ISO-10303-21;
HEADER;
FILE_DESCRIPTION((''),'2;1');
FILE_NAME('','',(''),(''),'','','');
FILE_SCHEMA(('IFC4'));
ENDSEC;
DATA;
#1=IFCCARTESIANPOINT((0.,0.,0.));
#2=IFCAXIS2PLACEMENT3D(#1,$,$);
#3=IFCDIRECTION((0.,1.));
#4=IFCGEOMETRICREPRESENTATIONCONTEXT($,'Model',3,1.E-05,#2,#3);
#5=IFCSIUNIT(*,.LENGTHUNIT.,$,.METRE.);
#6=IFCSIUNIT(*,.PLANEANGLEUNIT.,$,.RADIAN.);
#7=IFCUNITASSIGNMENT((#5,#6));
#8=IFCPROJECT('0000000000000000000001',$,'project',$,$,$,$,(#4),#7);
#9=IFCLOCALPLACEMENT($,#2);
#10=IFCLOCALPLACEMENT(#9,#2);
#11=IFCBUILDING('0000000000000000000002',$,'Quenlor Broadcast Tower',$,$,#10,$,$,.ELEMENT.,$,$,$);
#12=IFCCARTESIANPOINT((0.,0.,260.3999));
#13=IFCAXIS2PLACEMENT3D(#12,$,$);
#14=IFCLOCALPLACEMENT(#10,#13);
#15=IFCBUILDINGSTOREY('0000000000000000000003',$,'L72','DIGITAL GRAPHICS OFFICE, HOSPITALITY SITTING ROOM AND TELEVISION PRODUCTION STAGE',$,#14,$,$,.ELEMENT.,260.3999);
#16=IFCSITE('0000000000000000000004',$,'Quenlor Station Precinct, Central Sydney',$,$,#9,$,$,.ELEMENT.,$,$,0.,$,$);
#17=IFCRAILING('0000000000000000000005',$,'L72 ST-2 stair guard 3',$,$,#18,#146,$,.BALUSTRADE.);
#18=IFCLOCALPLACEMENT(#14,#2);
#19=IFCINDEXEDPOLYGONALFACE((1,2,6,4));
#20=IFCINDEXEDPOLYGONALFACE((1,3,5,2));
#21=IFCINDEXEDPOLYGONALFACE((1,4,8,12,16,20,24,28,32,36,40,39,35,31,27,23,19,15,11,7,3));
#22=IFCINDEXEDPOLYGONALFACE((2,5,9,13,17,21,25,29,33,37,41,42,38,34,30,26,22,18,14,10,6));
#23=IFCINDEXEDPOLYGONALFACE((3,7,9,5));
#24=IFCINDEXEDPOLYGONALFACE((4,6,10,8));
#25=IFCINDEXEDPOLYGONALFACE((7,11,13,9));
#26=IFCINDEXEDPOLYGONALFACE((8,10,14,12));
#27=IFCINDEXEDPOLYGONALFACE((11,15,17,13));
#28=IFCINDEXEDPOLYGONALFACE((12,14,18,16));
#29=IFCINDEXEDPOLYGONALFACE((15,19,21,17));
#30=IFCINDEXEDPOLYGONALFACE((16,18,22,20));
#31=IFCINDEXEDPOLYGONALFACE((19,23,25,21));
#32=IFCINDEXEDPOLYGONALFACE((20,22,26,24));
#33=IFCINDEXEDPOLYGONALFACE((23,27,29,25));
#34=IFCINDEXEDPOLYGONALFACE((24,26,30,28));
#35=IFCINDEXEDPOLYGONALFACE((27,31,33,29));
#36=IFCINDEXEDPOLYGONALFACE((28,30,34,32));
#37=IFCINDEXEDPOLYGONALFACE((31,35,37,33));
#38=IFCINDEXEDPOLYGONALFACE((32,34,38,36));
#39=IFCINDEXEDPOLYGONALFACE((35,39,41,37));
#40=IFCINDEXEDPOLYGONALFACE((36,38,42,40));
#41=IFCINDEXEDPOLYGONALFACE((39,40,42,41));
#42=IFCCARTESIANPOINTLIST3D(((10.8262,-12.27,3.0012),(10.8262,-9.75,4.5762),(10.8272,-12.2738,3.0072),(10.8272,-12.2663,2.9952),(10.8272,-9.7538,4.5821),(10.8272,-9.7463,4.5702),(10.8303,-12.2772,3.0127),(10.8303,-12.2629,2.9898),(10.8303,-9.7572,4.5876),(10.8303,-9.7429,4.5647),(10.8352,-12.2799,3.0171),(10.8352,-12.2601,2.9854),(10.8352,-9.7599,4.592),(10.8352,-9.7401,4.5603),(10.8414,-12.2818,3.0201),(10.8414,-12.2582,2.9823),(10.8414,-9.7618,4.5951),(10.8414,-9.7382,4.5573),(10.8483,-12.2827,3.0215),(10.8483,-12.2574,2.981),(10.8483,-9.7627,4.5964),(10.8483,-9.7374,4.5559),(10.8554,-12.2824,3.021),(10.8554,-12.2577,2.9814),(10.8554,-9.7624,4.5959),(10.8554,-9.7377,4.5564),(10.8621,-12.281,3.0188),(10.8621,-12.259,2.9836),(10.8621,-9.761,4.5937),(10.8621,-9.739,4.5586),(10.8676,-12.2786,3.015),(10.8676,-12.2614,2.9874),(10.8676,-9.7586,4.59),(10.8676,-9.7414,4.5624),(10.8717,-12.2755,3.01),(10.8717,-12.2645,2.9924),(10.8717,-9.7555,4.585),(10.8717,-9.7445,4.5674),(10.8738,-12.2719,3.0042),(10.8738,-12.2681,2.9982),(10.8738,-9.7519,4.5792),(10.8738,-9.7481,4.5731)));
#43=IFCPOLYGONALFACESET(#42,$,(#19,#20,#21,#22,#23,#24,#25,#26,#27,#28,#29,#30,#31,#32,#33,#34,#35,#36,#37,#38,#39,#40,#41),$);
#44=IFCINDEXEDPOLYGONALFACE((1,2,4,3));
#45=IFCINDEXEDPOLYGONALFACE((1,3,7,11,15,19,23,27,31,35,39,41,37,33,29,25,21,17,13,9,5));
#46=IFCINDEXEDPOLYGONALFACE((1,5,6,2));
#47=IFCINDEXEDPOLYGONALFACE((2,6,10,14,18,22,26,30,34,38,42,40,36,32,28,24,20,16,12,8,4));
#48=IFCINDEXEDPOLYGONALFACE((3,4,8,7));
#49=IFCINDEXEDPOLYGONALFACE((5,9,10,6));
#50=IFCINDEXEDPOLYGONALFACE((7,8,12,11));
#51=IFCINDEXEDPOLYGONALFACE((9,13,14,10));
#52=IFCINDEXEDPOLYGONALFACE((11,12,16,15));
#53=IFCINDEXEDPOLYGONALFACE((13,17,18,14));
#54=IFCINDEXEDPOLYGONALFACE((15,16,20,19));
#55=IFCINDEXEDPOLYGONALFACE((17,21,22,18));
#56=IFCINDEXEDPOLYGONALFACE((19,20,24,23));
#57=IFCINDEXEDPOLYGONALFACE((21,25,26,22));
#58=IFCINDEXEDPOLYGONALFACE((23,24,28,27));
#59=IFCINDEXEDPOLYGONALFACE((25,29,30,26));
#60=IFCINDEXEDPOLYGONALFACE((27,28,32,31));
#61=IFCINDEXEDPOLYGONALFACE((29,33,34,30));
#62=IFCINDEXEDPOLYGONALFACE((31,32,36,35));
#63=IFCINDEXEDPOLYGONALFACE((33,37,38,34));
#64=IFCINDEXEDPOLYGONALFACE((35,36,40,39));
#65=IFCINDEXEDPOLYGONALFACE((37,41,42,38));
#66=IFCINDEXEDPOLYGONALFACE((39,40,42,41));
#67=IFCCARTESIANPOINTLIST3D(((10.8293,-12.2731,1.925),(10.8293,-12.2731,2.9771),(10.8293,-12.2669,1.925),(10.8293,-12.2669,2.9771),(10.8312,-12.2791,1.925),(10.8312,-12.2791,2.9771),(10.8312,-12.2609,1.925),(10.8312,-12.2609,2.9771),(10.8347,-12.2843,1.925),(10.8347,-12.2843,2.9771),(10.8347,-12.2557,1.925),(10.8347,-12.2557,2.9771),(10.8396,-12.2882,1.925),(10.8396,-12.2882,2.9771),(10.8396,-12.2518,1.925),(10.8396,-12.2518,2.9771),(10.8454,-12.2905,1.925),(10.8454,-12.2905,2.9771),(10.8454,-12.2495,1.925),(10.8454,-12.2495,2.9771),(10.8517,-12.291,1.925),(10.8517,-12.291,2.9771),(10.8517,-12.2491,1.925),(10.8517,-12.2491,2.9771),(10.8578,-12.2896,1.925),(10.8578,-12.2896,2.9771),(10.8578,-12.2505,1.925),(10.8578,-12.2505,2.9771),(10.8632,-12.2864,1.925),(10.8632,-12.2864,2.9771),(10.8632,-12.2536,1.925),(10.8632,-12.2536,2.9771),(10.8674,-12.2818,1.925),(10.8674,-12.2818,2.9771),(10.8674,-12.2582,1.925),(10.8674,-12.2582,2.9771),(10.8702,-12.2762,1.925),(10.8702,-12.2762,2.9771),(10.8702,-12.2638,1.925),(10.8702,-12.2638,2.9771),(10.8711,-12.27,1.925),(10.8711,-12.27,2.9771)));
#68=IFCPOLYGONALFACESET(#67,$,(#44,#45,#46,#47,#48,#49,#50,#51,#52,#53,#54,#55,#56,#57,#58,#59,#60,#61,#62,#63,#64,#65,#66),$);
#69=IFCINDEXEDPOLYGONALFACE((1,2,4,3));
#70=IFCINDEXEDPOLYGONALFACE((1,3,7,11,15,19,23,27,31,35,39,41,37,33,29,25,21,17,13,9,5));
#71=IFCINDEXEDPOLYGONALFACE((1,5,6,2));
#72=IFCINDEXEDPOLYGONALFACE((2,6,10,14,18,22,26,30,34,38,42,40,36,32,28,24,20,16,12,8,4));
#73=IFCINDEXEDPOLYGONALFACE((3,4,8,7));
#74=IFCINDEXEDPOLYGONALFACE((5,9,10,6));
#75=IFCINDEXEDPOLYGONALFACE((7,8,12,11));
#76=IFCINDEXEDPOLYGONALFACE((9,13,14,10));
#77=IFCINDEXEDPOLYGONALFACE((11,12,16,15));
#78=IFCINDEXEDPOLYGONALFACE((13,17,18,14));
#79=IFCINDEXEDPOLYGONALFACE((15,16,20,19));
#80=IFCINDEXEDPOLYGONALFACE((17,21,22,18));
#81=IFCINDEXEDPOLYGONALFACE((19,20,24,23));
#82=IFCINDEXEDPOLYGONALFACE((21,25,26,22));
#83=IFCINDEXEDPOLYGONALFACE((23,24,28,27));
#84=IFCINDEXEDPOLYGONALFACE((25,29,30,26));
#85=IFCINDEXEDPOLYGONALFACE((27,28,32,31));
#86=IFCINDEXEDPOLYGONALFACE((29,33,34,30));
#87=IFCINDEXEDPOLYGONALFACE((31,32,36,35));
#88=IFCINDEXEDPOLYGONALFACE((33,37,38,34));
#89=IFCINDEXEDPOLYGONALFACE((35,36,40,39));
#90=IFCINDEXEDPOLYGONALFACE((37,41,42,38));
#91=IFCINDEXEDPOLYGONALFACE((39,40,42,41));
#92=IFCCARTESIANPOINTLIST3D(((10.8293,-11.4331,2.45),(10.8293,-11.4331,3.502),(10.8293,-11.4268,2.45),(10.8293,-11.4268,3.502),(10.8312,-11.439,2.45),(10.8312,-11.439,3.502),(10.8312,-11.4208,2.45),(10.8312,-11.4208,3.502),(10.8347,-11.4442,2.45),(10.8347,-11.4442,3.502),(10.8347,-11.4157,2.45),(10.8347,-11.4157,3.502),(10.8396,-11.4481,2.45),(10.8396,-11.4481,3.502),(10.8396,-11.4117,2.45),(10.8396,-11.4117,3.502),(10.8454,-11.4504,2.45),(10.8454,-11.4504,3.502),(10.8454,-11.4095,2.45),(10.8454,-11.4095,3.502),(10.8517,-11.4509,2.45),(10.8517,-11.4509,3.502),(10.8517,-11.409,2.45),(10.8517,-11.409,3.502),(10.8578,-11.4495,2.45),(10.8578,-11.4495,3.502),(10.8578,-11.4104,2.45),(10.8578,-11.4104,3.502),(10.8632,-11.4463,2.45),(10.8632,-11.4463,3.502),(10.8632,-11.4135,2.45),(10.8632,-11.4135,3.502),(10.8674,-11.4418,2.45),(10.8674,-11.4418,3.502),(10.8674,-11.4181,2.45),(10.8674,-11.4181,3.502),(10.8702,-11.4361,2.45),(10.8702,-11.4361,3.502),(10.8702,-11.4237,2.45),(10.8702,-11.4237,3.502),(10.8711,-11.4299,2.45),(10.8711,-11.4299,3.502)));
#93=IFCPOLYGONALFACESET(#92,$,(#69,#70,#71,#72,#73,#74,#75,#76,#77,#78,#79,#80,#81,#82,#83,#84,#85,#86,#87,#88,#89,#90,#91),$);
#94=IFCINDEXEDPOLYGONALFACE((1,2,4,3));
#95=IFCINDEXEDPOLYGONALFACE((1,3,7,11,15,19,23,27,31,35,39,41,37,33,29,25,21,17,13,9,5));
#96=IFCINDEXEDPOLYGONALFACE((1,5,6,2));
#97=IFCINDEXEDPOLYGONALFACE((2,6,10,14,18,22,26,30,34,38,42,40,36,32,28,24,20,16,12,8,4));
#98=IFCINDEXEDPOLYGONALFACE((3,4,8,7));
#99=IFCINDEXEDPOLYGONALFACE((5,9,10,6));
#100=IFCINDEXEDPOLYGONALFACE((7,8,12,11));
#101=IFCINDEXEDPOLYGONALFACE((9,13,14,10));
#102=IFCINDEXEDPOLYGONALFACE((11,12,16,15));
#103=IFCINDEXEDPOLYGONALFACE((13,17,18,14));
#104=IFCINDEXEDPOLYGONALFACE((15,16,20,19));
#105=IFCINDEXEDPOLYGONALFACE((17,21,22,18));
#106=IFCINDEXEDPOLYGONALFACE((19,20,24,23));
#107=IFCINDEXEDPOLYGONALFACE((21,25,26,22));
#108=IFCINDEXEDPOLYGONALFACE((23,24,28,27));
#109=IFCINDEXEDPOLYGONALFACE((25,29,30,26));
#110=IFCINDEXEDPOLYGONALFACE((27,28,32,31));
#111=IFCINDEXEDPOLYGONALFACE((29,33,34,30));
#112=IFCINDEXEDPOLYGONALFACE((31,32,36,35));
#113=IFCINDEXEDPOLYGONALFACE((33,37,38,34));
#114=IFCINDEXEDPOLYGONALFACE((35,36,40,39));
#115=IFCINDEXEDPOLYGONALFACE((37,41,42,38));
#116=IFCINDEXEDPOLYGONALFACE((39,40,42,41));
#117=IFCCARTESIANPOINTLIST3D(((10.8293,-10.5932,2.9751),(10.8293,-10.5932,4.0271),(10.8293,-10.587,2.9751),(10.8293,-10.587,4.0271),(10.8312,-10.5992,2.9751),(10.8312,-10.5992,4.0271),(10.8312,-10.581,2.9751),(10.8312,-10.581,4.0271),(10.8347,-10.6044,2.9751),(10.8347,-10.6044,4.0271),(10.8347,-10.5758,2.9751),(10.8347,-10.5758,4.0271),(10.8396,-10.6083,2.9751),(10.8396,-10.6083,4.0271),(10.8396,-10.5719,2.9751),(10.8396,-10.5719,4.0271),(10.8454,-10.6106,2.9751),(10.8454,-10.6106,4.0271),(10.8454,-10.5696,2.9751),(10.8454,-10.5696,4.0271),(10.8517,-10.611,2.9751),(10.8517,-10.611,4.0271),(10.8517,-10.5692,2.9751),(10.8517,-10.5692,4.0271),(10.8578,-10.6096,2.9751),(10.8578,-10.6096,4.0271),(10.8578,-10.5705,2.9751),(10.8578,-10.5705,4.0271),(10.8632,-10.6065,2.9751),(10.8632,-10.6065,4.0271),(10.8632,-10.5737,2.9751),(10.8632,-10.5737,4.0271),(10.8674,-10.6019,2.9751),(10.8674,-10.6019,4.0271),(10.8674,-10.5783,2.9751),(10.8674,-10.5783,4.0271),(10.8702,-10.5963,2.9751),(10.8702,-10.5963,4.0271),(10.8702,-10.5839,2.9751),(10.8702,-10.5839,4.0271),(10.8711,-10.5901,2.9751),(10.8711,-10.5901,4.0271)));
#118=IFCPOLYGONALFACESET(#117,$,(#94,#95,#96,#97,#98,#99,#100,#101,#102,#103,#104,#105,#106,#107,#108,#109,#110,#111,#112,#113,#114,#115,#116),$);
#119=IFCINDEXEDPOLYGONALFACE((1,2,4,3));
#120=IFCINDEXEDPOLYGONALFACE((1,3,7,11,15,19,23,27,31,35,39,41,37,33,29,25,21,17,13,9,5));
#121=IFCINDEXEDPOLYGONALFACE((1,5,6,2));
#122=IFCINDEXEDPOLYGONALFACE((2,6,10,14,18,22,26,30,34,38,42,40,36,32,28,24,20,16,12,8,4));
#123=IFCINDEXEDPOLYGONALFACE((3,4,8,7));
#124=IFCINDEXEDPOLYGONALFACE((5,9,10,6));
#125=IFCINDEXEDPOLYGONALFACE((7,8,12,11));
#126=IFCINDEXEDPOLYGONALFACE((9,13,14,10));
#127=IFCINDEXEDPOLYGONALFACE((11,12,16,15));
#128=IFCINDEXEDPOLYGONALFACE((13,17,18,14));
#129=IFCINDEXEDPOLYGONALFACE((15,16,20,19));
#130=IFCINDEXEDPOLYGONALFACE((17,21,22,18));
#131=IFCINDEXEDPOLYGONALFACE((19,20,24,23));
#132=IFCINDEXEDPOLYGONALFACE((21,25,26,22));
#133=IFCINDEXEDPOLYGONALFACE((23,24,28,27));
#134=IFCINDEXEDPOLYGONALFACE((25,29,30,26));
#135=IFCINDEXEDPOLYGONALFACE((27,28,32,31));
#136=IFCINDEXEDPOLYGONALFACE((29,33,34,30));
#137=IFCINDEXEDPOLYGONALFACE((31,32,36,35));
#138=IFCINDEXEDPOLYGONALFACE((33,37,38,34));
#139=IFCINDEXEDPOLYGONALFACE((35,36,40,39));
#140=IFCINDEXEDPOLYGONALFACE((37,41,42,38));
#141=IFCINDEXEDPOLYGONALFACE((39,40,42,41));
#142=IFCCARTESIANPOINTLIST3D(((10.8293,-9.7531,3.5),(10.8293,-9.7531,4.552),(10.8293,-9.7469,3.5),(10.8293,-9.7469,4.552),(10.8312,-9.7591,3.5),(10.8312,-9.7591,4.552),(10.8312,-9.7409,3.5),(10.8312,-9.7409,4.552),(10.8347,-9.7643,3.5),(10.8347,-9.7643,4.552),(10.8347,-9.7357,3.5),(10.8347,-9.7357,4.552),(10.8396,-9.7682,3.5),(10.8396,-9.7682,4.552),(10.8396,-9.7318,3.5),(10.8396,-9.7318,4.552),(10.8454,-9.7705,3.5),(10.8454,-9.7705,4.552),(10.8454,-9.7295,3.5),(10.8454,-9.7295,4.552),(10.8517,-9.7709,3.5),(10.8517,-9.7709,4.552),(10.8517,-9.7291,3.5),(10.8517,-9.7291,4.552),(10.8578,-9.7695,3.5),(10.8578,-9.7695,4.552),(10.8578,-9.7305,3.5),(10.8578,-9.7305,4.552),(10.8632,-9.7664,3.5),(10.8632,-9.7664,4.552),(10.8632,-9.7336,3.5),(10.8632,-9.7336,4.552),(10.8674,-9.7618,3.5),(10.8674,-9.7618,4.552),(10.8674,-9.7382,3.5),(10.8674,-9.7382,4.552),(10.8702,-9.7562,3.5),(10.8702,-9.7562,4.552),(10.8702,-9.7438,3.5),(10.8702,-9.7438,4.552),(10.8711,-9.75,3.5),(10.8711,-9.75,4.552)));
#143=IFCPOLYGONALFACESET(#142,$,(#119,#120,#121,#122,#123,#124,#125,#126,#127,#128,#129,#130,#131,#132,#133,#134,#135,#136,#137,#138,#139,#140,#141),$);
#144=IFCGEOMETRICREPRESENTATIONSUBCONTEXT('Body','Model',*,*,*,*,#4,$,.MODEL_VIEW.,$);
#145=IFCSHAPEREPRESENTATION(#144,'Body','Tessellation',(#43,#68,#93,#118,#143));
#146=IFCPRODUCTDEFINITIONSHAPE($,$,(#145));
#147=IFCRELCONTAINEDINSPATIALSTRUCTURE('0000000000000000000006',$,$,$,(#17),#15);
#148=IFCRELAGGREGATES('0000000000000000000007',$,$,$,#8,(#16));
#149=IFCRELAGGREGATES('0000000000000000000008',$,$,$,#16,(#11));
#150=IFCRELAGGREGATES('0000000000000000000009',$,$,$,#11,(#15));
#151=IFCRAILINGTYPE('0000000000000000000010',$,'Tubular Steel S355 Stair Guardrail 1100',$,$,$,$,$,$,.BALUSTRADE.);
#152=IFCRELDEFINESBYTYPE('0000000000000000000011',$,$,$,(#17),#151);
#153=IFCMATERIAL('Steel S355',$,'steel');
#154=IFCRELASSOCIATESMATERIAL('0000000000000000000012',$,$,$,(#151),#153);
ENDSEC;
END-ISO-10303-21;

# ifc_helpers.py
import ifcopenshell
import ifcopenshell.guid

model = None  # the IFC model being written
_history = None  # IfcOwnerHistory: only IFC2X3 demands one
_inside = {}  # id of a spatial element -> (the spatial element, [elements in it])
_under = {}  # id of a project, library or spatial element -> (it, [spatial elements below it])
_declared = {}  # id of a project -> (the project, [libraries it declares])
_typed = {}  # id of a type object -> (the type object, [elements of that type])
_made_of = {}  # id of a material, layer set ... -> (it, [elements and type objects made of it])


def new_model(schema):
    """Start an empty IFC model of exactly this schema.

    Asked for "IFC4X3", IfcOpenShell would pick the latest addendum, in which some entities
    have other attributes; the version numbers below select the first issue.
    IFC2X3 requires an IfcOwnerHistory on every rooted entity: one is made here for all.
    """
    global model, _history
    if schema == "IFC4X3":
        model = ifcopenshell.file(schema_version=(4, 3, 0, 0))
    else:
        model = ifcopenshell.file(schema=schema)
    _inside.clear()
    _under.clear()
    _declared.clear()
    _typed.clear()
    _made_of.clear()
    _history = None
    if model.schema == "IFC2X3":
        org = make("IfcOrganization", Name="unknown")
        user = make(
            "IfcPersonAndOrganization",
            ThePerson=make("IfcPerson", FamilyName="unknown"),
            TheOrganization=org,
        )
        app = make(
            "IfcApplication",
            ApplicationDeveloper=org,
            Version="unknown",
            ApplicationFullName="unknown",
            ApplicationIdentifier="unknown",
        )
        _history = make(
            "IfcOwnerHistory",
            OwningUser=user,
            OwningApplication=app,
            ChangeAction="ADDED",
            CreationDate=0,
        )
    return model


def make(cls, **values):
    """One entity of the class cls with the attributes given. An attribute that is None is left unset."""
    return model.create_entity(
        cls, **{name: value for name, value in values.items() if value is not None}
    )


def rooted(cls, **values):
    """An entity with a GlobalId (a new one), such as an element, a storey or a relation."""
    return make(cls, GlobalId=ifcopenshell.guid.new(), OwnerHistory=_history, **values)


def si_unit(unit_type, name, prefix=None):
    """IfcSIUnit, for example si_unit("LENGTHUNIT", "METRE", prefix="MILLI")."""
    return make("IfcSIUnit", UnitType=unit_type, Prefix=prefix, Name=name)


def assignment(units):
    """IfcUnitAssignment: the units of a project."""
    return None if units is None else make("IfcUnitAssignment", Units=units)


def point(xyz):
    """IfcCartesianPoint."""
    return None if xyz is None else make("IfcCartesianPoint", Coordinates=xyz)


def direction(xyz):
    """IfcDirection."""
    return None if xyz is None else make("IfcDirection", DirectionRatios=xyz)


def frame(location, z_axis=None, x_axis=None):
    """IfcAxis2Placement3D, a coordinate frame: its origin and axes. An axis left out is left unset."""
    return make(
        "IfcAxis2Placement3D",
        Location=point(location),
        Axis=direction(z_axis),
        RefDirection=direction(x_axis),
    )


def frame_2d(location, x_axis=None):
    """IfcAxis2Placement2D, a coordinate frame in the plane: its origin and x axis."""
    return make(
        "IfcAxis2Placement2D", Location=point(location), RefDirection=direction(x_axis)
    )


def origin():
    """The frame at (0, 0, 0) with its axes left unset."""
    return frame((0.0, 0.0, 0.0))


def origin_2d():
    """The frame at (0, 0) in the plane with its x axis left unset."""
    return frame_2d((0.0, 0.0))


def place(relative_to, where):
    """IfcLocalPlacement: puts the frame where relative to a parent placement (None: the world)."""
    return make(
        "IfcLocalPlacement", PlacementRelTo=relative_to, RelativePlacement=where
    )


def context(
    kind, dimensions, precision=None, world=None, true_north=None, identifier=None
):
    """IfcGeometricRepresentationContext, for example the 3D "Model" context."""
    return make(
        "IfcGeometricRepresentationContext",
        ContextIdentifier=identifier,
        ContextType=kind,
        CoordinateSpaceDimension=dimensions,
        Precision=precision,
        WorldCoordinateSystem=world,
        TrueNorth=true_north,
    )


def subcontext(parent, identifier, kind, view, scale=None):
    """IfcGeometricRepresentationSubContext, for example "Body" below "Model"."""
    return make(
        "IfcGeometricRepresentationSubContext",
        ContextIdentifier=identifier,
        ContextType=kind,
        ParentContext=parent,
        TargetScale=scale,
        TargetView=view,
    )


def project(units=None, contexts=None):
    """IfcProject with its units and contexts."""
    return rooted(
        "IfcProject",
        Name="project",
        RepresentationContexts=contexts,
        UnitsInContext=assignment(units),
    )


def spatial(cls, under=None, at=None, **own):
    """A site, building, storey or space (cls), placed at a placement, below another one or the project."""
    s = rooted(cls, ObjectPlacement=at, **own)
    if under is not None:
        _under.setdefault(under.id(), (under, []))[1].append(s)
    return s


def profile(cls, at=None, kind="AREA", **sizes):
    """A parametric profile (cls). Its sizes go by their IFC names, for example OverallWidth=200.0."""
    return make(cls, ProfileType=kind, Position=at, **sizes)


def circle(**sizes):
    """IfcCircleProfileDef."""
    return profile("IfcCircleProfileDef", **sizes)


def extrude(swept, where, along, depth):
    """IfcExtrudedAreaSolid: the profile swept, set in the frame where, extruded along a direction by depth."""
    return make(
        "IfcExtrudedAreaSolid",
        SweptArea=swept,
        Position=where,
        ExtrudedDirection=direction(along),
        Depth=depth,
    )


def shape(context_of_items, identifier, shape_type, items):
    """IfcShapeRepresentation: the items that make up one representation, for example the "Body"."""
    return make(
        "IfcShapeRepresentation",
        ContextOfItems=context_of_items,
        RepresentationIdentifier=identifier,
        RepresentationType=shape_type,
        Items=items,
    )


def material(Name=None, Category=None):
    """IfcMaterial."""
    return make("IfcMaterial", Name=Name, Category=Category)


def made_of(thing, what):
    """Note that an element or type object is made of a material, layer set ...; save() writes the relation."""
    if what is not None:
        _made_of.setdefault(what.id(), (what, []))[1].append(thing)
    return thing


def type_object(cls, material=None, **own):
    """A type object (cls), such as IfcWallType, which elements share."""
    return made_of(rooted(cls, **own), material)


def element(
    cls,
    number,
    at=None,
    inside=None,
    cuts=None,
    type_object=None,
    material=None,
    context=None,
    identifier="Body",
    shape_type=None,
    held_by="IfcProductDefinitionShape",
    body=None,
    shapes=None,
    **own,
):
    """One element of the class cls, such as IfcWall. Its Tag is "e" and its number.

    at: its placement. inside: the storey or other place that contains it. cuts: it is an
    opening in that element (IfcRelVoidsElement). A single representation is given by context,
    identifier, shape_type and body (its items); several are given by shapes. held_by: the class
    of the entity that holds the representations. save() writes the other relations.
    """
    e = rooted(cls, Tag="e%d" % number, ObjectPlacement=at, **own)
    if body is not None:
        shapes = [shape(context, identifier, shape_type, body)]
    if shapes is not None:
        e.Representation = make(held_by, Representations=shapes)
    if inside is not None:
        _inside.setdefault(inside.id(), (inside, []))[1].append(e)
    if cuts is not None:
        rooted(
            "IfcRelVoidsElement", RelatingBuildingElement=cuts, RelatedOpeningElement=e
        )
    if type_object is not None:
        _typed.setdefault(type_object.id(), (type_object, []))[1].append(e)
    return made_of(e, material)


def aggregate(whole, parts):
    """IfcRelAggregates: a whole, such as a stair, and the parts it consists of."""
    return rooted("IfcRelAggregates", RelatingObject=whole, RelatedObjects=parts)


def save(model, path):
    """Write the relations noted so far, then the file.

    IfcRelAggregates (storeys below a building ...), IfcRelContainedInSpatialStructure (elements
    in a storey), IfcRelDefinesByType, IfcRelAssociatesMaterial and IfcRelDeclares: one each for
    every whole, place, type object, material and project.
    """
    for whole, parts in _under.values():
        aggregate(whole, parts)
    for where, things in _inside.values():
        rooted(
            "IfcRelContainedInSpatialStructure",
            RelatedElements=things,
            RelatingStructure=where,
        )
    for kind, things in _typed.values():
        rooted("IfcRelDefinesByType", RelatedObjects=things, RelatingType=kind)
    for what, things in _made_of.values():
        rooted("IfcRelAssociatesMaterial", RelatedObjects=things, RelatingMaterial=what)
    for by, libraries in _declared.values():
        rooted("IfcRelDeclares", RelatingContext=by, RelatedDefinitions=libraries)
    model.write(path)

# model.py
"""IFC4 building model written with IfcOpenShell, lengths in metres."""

from ifc_helpers import new_model, si_unit, direction, frame, origin, origin_2d, place, context, subcontext, project, spatial, circle, extrude, material, type_object, element, save


model = new_model("IFC4")

# Units and contexts
model_context = context("Model", 3, precision=1e-05, world=origin(), true_north=direction((0.0, 1.0)))
body_context = subcontext(model_context, "Body", "Model", "MODEL_VIEW")
ifc_project = project(units=[si_unit("LENGTHUNIT", "METRE"), si_unit("PLANEANGLEUNIT", "RADIAN")], contexts=[model_context])

# Site, building, storey
site_placement = place(None, origin())
site = spatial("IfcSite", under=ifc_project, at=site_placement, Name="Quenlor Station Precinct, Central Sydney", CompositionType="ELEMENT", RefElevation=0.0)
building_placement = place(site_placement, origin())
building = spatial("IfcBuilding", under=site, at=building_placement, Name="Quenlor Broadcast Tower", CompositionType="ELEMENT")
storey_placement = place(building_placement, frame((0.0, 0.0, 260.3999)))
storey = spatial("IfcBuildingStorey", under=building, at=storey_placement, Name="L72", Description="DIGITAL GRAPHICS OFFICE, HOSPITALITY SITTING ROOM AND TELEVISION PRODUCTION STAGE", CompositionType="ELEMENT", Elevation=260.3999)

# Railing
ifc_material_1 = material(Name="Steel S355", Category="steel")
railing_type_1 = type_object("IfcRailingType", Name="Tubular Steel S355 Stair Guardrail 1100", PredefinedType="BALUSTRADE", material=ifc_material_1)
railing_1_placement = place(storey_placement, frame((10.8501, -12.27, 1.925)))
element("IfcRailing", 1, at=railing_1_placement, inside=storey, type_object=railing_type_1, Name="L72 ST-2 stair guard 3", PredefinedType="BALUSTRADE", context=body_context, shape_type="SweptSolid", body=[
    extrude(circle(Radius=0.0239, at=origin_2d()), frame((0.0, 0.0, 1.0762), z_axis=(0.0, 0.848008, 0.529984), x_axis=(-1.0, 0.0, 0.0)), (0.0, 0.0, 1.0), 2.9717),
    extrude(circle(Radius=0.021, at=origin_2d()), origin(), (0.0, 0.0, 1.0), 1.052),
    extrude(circle(Radius=0.021, at=origin_2d()), frame((0.0, 0.8401, 0.5249)), (0.0, 0.0, 1.0), 1.052),
    extrude(circle(Radius=0.021, at=origin_2d()), frame((0.0, 1.6799, 1.05)), (0.0, 0.0, 1.0), 1.052),
    extrude(circle(Radius=0.021, at=origin_2d()), frame((0.0, 2.52, 1.575)), (0.0, 0.0, 1.0), 1.052),
])

save(model, "model.ifc")
